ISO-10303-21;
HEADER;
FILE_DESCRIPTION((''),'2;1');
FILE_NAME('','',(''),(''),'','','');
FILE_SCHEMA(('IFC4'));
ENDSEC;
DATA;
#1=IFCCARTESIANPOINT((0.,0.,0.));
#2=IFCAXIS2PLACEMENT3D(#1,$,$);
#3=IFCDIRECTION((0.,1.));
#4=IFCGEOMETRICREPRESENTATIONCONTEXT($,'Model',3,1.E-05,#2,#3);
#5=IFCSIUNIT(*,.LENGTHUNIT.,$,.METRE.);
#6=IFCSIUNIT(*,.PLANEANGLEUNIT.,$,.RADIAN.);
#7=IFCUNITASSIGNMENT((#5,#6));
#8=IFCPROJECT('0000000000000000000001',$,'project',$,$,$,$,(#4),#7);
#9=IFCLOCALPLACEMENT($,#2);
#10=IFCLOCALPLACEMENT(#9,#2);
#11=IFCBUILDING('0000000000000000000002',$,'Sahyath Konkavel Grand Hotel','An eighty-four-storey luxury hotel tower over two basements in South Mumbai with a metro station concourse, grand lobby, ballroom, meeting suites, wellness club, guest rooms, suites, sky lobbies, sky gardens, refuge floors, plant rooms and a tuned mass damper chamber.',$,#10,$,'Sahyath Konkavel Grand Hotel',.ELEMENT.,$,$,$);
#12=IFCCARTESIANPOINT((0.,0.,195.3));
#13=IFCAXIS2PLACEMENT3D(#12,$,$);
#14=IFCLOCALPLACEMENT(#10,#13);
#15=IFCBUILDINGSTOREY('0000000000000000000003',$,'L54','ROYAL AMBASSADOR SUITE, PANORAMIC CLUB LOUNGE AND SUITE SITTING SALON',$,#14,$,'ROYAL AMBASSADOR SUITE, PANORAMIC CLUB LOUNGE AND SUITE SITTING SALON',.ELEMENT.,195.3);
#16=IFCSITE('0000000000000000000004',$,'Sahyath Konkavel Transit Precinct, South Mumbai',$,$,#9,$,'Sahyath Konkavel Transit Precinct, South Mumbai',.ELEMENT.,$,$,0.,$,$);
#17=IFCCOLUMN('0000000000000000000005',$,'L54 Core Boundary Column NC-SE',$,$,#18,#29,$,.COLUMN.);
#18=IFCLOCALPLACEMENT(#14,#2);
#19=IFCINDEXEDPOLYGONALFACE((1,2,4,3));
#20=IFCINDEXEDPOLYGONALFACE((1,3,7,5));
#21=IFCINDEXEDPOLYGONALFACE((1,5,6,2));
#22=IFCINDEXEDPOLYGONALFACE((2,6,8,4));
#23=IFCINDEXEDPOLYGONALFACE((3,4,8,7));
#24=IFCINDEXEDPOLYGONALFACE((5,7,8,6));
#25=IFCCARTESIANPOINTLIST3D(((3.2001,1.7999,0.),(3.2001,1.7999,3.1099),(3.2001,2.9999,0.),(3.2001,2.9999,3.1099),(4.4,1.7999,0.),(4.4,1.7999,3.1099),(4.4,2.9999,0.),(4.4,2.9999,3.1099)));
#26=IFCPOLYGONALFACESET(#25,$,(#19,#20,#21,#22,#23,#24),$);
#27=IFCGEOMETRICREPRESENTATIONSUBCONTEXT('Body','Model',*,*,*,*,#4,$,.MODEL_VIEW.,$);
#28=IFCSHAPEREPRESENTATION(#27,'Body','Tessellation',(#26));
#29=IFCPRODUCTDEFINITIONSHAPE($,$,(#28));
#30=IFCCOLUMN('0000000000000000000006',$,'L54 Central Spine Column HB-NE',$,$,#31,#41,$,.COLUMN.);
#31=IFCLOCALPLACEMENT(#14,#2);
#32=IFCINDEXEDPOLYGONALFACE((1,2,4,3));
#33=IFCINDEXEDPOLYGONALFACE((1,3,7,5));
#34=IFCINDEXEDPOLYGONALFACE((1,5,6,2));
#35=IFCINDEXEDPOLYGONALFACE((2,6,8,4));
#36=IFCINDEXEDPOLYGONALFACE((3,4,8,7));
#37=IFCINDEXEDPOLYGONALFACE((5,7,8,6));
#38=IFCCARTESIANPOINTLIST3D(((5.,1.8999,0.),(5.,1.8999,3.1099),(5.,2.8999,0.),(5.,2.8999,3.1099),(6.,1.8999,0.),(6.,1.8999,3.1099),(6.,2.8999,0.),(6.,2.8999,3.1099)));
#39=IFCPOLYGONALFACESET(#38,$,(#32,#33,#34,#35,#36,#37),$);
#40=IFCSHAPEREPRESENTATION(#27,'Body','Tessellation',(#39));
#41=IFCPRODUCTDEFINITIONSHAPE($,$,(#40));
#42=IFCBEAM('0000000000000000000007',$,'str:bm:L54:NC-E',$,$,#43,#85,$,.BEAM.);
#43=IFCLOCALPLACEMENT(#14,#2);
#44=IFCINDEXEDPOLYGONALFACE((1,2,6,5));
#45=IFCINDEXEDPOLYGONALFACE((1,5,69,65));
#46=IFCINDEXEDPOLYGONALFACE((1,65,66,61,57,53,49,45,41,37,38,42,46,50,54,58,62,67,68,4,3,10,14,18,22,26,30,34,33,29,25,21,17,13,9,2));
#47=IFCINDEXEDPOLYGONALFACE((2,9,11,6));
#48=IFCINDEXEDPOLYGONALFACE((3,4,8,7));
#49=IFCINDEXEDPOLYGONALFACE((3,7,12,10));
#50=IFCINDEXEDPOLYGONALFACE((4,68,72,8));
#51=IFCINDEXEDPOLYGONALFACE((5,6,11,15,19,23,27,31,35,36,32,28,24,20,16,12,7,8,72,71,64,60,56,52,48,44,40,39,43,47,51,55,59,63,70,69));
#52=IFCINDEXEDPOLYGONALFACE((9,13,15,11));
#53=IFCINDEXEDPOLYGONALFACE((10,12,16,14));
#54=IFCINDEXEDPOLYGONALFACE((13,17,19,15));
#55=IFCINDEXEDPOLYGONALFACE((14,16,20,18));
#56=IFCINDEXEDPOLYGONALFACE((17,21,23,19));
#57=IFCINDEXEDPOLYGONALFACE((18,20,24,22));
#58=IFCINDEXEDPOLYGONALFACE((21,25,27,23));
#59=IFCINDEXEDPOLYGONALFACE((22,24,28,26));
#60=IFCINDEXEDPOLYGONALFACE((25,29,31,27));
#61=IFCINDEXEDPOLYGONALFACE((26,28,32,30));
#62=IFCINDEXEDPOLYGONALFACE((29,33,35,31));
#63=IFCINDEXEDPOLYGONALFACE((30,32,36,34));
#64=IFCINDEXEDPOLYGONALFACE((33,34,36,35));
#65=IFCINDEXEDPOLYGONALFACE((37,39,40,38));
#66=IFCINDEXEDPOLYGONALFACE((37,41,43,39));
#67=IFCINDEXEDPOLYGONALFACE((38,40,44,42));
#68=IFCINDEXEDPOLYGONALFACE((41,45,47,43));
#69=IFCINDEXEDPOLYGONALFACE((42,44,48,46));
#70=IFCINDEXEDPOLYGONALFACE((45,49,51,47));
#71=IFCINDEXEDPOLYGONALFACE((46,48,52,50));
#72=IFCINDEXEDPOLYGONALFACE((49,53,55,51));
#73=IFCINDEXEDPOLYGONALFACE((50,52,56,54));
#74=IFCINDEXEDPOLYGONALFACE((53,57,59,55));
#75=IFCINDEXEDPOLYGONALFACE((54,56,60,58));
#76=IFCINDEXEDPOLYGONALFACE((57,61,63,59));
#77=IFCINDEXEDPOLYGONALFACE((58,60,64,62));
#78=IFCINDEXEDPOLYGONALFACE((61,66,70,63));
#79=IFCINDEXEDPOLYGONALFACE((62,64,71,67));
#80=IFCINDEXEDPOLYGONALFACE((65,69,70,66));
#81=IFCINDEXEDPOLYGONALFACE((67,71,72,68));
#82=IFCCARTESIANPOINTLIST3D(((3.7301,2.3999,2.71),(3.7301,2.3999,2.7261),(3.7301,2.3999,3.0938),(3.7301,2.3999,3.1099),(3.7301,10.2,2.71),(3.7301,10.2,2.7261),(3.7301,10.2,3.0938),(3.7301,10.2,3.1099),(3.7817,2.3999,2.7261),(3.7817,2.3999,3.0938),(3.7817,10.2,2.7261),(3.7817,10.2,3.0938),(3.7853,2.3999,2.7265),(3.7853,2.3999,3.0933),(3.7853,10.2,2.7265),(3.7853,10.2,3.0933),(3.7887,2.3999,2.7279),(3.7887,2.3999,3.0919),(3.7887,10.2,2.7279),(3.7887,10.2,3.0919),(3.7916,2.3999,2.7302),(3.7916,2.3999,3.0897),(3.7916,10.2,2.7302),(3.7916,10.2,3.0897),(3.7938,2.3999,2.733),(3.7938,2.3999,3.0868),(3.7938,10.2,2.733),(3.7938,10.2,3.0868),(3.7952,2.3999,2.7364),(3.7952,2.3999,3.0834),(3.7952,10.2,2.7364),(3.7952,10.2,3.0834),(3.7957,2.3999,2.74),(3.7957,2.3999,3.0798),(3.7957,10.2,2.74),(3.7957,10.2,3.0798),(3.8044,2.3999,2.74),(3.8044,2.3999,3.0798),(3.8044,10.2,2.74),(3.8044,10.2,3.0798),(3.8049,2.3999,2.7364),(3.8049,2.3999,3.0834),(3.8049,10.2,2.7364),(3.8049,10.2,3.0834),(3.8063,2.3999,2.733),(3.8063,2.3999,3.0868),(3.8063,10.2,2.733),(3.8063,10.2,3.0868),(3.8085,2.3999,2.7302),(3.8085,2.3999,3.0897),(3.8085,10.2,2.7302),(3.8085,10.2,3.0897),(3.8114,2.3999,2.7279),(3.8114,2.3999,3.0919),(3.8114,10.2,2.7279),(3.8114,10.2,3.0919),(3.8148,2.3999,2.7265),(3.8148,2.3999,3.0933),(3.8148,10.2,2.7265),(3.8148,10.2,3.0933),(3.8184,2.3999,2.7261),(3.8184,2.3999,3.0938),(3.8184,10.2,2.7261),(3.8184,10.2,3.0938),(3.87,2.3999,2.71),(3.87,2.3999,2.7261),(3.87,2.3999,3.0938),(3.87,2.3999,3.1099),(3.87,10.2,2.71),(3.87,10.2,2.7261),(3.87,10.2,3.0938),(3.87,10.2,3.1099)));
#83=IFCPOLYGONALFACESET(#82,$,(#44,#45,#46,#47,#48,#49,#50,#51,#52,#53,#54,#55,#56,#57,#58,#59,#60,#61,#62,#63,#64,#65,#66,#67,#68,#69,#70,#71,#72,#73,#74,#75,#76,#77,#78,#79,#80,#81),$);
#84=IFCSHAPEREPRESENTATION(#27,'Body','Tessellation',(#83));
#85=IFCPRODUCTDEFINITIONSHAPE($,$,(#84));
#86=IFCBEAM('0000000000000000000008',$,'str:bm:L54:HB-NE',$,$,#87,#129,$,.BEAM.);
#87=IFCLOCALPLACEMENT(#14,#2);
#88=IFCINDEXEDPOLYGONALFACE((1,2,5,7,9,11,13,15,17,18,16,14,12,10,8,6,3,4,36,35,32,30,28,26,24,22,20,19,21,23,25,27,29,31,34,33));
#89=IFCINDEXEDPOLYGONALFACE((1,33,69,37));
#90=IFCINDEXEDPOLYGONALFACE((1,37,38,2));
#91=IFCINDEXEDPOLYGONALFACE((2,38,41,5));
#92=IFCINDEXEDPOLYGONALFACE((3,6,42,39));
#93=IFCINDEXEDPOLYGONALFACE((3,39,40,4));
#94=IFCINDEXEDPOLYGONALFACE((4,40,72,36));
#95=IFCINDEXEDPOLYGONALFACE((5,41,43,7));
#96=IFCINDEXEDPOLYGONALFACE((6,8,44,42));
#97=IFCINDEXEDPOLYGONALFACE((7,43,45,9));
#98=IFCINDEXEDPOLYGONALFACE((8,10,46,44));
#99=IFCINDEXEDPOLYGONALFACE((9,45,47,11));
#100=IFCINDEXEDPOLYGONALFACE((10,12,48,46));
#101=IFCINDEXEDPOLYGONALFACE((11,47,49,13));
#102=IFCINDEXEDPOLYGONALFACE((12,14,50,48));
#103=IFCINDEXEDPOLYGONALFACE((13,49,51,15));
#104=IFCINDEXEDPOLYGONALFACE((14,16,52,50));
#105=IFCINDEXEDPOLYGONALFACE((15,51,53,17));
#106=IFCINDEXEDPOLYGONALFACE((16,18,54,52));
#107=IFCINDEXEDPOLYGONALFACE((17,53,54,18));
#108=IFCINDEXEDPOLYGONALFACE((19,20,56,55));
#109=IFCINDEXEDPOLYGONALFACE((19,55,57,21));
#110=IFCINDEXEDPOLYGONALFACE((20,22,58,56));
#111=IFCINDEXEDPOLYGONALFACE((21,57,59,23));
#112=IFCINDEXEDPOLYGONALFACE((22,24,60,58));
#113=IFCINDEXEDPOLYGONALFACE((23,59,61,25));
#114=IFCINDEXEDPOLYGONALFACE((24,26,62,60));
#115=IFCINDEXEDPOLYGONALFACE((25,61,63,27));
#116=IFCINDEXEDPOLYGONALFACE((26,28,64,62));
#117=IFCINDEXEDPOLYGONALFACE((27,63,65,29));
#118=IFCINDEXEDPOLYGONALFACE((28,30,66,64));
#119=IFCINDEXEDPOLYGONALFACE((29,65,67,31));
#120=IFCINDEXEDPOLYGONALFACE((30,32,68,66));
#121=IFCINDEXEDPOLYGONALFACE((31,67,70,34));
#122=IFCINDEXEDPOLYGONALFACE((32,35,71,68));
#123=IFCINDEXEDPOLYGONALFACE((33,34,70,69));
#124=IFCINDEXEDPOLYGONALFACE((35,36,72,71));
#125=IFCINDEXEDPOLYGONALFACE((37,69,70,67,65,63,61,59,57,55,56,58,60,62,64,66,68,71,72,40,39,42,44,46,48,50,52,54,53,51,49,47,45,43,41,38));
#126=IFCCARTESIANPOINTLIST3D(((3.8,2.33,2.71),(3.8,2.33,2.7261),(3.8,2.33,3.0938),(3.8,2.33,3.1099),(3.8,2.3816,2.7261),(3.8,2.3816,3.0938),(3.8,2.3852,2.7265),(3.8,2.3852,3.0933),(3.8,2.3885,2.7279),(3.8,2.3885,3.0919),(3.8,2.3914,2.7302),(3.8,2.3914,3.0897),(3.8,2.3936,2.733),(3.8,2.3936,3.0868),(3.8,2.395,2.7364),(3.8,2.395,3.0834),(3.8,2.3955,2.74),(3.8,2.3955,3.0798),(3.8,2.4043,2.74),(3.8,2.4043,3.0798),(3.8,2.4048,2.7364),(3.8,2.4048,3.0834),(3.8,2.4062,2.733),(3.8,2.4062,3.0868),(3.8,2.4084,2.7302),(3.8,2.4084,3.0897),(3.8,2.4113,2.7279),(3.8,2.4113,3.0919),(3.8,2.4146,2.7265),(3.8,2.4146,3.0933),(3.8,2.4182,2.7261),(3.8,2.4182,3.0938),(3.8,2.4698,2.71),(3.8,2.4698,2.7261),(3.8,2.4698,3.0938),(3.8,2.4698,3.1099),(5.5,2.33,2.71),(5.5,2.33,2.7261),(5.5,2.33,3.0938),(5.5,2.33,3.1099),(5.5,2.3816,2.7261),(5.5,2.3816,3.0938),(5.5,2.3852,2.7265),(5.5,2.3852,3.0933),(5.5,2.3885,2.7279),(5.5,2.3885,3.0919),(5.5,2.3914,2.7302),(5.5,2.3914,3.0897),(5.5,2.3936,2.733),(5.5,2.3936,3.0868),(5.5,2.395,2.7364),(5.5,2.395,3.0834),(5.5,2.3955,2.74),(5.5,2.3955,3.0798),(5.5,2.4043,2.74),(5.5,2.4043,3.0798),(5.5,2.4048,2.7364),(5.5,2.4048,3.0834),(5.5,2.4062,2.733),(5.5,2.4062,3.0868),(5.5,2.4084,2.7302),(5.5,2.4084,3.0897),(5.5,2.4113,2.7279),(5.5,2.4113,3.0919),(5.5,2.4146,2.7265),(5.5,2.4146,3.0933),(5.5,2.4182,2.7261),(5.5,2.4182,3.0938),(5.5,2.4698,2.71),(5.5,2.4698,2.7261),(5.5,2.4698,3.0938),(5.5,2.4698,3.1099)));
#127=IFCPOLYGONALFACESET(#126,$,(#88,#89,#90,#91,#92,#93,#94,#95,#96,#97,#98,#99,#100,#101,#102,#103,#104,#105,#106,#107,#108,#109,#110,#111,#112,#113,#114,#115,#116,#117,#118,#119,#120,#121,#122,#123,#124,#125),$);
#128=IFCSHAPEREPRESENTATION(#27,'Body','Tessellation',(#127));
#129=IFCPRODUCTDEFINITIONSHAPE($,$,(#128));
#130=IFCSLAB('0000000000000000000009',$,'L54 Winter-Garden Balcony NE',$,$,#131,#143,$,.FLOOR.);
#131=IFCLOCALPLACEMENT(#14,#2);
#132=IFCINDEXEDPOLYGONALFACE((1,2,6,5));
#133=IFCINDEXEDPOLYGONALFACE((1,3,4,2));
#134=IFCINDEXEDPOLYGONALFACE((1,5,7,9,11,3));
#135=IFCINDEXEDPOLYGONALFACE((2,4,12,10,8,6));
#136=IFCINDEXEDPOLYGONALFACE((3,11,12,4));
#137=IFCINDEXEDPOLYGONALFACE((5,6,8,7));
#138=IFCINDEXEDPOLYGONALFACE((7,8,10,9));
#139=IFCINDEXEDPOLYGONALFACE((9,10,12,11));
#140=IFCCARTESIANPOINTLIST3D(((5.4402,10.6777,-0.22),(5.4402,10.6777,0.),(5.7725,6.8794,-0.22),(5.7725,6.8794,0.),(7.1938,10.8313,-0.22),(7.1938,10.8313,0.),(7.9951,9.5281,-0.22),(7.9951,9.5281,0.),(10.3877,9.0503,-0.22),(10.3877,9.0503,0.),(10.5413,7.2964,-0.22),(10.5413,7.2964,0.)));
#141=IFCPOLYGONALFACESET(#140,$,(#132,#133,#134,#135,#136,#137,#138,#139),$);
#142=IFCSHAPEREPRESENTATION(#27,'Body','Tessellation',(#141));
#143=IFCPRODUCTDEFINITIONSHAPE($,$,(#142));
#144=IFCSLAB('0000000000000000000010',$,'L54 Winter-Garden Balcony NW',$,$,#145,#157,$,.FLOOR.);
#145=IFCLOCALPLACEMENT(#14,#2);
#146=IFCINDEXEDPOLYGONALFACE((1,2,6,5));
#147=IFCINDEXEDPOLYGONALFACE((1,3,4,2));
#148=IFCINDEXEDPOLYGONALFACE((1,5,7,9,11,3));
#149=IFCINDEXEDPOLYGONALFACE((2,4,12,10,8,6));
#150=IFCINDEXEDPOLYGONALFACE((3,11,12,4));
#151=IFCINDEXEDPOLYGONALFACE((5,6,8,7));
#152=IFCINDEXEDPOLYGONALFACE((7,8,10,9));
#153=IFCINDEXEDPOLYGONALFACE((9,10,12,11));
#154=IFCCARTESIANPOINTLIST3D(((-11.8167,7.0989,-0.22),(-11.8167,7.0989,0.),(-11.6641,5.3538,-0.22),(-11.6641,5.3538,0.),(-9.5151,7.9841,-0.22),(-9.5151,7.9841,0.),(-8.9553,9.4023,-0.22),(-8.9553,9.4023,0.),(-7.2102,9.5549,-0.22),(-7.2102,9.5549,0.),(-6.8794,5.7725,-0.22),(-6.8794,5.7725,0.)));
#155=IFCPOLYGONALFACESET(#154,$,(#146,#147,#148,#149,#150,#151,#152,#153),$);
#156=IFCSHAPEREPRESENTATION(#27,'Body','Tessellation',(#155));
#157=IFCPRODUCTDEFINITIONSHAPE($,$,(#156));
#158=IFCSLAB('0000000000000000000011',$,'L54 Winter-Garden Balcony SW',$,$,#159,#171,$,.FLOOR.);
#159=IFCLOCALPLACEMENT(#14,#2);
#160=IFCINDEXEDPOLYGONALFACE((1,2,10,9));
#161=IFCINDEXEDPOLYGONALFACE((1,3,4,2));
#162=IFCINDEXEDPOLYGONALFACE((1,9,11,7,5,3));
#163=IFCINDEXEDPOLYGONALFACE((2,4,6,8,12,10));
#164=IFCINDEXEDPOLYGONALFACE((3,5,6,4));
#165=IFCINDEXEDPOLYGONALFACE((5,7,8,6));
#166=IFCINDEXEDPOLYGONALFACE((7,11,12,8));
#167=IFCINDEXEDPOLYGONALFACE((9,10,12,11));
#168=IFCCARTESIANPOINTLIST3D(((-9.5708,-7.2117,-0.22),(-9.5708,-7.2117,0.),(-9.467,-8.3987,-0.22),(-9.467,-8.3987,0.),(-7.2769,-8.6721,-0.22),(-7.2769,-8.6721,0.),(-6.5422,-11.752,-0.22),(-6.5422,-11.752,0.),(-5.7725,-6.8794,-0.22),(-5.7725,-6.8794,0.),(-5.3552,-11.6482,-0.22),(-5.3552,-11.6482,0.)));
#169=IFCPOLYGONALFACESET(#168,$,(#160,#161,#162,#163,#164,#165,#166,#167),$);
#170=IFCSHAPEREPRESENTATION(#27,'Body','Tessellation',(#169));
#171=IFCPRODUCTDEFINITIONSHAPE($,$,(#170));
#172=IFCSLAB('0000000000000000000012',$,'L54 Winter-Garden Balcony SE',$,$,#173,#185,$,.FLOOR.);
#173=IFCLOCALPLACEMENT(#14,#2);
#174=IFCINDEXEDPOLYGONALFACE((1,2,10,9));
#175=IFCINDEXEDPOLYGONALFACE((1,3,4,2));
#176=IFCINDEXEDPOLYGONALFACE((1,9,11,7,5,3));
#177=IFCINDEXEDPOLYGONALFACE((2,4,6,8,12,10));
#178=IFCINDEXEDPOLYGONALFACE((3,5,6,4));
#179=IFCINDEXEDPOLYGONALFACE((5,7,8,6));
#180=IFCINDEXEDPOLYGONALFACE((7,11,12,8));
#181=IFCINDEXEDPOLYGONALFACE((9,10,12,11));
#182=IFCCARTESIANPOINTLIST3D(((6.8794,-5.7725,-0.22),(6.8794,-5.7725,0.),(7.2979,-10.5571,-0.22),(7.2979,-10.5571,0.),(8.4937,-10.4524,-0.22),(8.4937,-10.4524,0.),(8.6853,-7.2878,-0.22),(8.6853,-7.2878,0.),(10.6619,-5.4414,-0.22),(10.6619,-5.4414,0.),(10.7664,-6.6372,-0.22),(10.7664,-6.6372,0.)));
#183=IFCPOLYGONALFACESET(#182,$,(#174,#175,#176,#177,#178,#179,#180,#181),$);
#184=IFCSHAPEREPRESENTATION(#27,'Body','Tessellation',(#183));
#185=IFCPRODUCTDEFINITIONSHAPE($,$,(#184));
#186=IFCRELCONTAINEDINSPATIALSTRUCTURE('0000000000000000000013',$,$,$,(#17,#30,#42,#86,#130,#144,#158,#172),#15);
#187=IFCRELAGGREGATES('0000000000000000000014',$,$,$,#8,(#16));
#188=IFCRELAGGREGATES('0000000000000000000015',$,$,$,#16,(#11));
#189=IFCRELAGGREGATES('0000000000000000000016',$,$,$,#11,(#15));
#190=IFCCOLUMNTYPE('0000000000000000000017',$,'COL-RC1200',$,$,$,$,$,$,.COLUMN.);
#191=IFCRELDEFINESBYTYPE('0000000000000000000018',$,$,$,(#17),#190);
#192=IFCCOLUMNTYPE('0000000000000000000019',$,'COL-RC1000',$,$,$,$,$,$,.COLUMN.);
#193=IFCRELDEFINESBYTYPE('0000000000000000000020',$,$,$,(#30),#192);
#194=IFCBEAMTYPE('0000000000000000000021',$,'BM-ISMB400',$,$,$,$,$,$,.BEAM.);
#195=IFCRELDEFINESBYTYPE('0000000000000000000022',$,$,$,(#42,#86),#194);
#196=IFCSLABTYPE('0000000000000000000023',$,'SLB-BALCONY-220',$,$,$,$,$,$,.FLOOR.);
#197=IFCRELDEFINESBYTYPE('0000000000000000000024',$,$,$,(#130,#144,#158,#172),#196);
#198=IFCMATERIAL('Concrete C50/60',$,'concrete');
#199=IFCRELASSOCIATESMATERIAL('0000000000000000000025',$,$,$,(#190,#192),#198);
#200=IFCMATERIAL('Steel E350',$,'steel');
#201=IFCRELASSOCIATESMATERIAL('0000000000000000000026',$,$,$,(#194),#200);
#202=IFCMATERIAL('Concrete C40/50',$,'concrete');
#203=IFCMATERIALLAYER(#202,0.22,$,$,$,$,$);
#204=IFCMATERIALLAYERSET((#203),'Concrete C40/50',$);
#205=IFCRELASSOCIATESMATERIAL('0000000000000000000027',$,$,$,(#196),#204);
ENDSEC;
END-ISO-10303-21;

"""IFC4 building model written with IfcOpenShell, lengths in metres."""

from ifc_helpers import new_model, si_unit, direction, frame, origin, origin_2d, place, context, subcontext, project, spatial, polyline, rectangle, i_section, outline, extrude, source, transform, mapped, material, layer, layer_set, material_profile, profile_set, type_object, element, save


model = new_model("IFC4")

# Units and contexts
model_context = context("Model", 3, precision=1e-05, world=origin(), true_north=direction((0.0, 1.0)))
body_context = subcontext(model_context, "Body", "Model", "MODEL_VIEW")
ifc_project = project(units=[si_unit("LENGTHUNIT", "METRE"), si_unit("PLANEANGLEUNIT", "RADIAN")], contexts=[model_context])

# Site, building, storey
site_placement = place(None, origin())
site = spatial("IfcSite", under=ifc_project, at=site_placement, Name="Sahyath Konkavel Transit Precinct, South Mumbai", LongName="Sahyath Konkavel Transit Precinct, South Mumbai", CompositionType="ELEMENT", RefElevation=0.0)
building_placement = place(site_placement, origin())
building = spatial("IfcBuilding", under=site, at=building_placement, Name="Sahyath Konkavel Grand Hotel", Description="An eighty-four-storey luxury hotel tower over two basements in South Mumbai with a metro station concourse, grand lobby, ballroom, meeting suites, wellness club, guest rooms, suites, sky lobbies, sky gardens, refuge floors, plant rooms and a tuned mass damper chamber.", LongName="Sahyath Konkavel Grand Hotel", CompositionType="ELEMENT")
storey_placement = place(building_placement, frame((0.0, 0.0, 195.3)))
storey = spatial("IfcBuildingStorey", under=building, at=storey_placement, Name="L54", Description="ROYAL AMBASSADOR SUITE, PANORAMIC CLUB LOUNGE AND SUITE SITTING SALON", LongName="ROYAL AMBASSADOR SUITE, PANORAMIC CLUB LOUNGE AND SUITE SITTING SALON", CompositionType="ELEMENT", Elevation=195.3)

# Columns
ifc_material_1 = material(Name="Concrete C50/60", Category="concrete")
ifc_material_profile_1 = material_profile(ifc_material_1, rectangle(XDim=1.2, YDim=1.2, at=origin_2d()), Name="RC 1200x1200")
ifc_profile_set_1 = profile_set([ifc_material_profile_1], Name="Concrete C50/60")
column_type_1 = type_object("IfcColumnType", Name="COL-RC1200", PredefinedType="COLUMN", material=ifc_profile_set_1)
shared_shape_1 = source(origin(), body_context, "Body", "SweptSolid", [
    extrude(rectangle(XDim=1.2, YDim=1.2, at=origin_2d()), origin(), (0.0, 0.0, 1.0), 3.1099),
])
column_1_placement = place(storey_placement, frame((3.8, 2.3999, 0.0), z_axis=(0.0, 0.0, 1.0), x_axis=(1.0, 0.0, 0.0)))
element("IfcColumn", 1, at=column_1_placement, inside=storey, type_object=column_type_1, Name="L54 Core Boundary Column NC-SE", PredefinedType="COLUMN", context=body_context, shape_type="MappedRepresentation", body=[
    mapped(shared_shape_1, transform((0.0, 0.0, 0.0), scale=1.0)),
])
ifc_material_profile_2 = material_profile(ifc_material_1, rectangle(XDim=1.0, YDim=1.0, at=origin_2d()), Name="RC 1000x1000")
ifc_profile_set_2 = profile_set([ifc_material_profile_2], Name="Concrete C50/60")
column_type_2 = type_object("IfcColumnType", Name="COL-RC1000", PredefinedType="COLUMN", material=ifc_profile_set_2)
shared_shape_2 = source(origin(), body_context, "Body", "SweptSolid", [
    extrude(rectangle(XDim=1.0, YDim=1.0, at=origin_2d()), origin(), (0.0, 0.0, 1.0), 3.1099),
])
column_2_placement = place(storey_placement, frame((5.5, 2.3999, 0.0), z_axis=(0.0, 0.0, 1.0), x_axis=(1.0, 0.0, 0.0)))
element("IfcColumn", 2, at=column_2_placement, inside=storey, type_object=column_type_2, Name="L54 Central Spine Column HB-NE", PredefinedType="COLUMN", context=body_context, shape_type="MappedRepresentation", body=[
    mapped(shared_shape_2, transform((0.0, 0.0, 0.0), scale=1.0)),
])

# Beams
ifc_material_2 = material(Name="Steel E350", Category="steel")
ifc_material_profile_3 = material_profile(ifc_material_2, i_section(OverallWidth=0.1399, OverallDepth=0.3999, WebThickness=0.0088, FlangeThickness=0.0161, FilletRadius=0.0139, at=origin_2d()), Name="ISMB 400")
ifc_profile_set_3 = profile_set([ifc_material_profile_3], Name="Steel E350")
beam_type = type_object("IfcBeamType", Name="BM-ISMB400", PredefinedType="BEAM", material=ifc_profile_set_3)
shared_shape_3 = source(origin(), body_context, "Body", "SweptSolid", [
    extrude(i_section(OverallWidth=0.1399, OverallDepth=0.3999, WebThickness=0.0088, FlangeThickness=0.0161, FilletRadius=0.0139, at=origin_2d()), origin(), (0.0, 0.0, 1.0), 7.8),
])
beam_1_placement = place(storey_placement, frame((3.8, 2.3999, 2.9099), z_axis=(0.0, 1.0, 0.0), x_axis=(-1.0, 0.0, 0.0)))
element("IfcBeam", 3, at=beam_1_placement, inside=storey, type_object=beam_type, Name="str:bm:L54:NC-E", PredefinedType="BEAM", context=body_context, shape_type="MappedRepresentation", body=[
    mapped(shared_shape_3, transform((0.0, 0.0, 0.0), scale=1.0)),
])
shared_shape_4 = source(origin(), body_context, "Body", "SweptSolid", [
    extrude(i_section(OverallWidth=0.1399, OverallDepth=0.3999, WebThickness=0.0088, FlangeThickness=0.0161, FilletRadius=0.0139, at=origin_2d()), origin(), (0.0, 0.0, 1.0), 1.7),
])
beam_2_placement = place(storey_placement, frame((3.8, 2.3999, 2.9099), z_axis=(1.0, 0.0, 0.0), x_axis=(0.0, 1.0, 0.0)))
element("IfcBeam", 4, at=beam_2_placement, inside=storey, type_object=beam_type, Name="str:bm:L54:HB-NE", PredefinedType="BEAM", context=body_context, shape_type="MappedRepresentation", body=[
    mapped(shared_shape_4, transform((0.0, 0.0, 0.0), scale=1.0)),
])

# Slabs
ifc_material_3 = material(Name="Concrete C40/50", Category="concrete")
ifc_layer_1 = layer(ifc_material_3, 0.22)
ifc_layer_set_1 = layer_set([ifc_layer_1], Name="Concrete C40/50")
slab_type_1 = type_object("IfcSlabType", Name="SLB-BALCONY-220", PredefinedType="FLOOR", material=ifc_layer_set_1)
slab_1_placement = place(storey_placement, frame((0.0, 0.0, -0.22)))
element("IfcSlab", 5, at=slab_1_placement, inside=storey, type_object=slab_type_1, Name="L54 Winter-Garden Balcony NE", PredefinedType="FLOOR", context=body_context, shape_type="SweptSolid", body=[
    extrude(outline(polyline([(5.7725, 6.8794), (10.5413, 7.2964), (10.3877, 9.0503), (7.9951, 9.5281), (7.1938, 10.8313), (5.4402, 10.6777), (5.7725, 6.8794)])), origin(), (0.0, 0.0, 1.0), 0.22),
])
slab_2_placement = place(storey_placement, frame((0.0, 0.0, -0.22)))
element("IfcSlab", 6, at=slab_2_placement, inside=storey, type_object=slab_type_1, Name="L54 Winter-Garden Balcony NW", PredefinedType="FLOOR", context=body_context, shape_type="SweptSolid", body=[
    extrude(outline(polyline([(-6.8794, 5.7725), (-7.2102, 9.5549), (-8.9553, 9.4023), (-9.5151, 7.9841), (-11.8167, 7.0989), (-11.6641, 5.3538), (-6.8794, 5.7725)])), origin(), (0.0, 0.0, 1.0), 0.22),
])
slab_3_placement = place(storey_placement, frame((0.0, 0.0, -0.22)))
element("IfcSlab", 7, at=slab_3_placement, inside=storey, type_object=slab_type_1, Name="L54 Winter-Garden Balcony SW", PredefinedType="FLOOR", context=body_context, shape_type="SweptSolid", body=[
    extrude(outline(polyline([(-5.7725, -6.8794), (-9.5708, -7.2117), (-9.467, -8.3987), (-7.2769, -8.6721), (-6.5422, -11.752), (-5.3552, -11.6482), (-5.7725, -6.8794)])), origin(), (0.0, 0.0, 1.0), 0.22),
])
slab_4_placement = place(storey_placement, frame((0.0, 0.0, -0.22)))
element("IfcSlab", 8, at=slab_4_placement, inside=storey, type_object=slab_type_1, Name="L54 Winter-Garden Balcony SE", PredefinedType="FLOOR", context=body_context, shape_type="SweptSolid", body=[
    extrude(outline(polyline([(6.8794, -5.7725), (7.2979, -10.5571), (8.4937, -10.4524), (8.6853, -7.2878), (10.7664, -6.6372), (10.6619, -5.4414), (6.8794, -5.7725)])), origin(), (0.0, 0.0, 1.0), 0.22),
])

save(model, "model.ifc")
